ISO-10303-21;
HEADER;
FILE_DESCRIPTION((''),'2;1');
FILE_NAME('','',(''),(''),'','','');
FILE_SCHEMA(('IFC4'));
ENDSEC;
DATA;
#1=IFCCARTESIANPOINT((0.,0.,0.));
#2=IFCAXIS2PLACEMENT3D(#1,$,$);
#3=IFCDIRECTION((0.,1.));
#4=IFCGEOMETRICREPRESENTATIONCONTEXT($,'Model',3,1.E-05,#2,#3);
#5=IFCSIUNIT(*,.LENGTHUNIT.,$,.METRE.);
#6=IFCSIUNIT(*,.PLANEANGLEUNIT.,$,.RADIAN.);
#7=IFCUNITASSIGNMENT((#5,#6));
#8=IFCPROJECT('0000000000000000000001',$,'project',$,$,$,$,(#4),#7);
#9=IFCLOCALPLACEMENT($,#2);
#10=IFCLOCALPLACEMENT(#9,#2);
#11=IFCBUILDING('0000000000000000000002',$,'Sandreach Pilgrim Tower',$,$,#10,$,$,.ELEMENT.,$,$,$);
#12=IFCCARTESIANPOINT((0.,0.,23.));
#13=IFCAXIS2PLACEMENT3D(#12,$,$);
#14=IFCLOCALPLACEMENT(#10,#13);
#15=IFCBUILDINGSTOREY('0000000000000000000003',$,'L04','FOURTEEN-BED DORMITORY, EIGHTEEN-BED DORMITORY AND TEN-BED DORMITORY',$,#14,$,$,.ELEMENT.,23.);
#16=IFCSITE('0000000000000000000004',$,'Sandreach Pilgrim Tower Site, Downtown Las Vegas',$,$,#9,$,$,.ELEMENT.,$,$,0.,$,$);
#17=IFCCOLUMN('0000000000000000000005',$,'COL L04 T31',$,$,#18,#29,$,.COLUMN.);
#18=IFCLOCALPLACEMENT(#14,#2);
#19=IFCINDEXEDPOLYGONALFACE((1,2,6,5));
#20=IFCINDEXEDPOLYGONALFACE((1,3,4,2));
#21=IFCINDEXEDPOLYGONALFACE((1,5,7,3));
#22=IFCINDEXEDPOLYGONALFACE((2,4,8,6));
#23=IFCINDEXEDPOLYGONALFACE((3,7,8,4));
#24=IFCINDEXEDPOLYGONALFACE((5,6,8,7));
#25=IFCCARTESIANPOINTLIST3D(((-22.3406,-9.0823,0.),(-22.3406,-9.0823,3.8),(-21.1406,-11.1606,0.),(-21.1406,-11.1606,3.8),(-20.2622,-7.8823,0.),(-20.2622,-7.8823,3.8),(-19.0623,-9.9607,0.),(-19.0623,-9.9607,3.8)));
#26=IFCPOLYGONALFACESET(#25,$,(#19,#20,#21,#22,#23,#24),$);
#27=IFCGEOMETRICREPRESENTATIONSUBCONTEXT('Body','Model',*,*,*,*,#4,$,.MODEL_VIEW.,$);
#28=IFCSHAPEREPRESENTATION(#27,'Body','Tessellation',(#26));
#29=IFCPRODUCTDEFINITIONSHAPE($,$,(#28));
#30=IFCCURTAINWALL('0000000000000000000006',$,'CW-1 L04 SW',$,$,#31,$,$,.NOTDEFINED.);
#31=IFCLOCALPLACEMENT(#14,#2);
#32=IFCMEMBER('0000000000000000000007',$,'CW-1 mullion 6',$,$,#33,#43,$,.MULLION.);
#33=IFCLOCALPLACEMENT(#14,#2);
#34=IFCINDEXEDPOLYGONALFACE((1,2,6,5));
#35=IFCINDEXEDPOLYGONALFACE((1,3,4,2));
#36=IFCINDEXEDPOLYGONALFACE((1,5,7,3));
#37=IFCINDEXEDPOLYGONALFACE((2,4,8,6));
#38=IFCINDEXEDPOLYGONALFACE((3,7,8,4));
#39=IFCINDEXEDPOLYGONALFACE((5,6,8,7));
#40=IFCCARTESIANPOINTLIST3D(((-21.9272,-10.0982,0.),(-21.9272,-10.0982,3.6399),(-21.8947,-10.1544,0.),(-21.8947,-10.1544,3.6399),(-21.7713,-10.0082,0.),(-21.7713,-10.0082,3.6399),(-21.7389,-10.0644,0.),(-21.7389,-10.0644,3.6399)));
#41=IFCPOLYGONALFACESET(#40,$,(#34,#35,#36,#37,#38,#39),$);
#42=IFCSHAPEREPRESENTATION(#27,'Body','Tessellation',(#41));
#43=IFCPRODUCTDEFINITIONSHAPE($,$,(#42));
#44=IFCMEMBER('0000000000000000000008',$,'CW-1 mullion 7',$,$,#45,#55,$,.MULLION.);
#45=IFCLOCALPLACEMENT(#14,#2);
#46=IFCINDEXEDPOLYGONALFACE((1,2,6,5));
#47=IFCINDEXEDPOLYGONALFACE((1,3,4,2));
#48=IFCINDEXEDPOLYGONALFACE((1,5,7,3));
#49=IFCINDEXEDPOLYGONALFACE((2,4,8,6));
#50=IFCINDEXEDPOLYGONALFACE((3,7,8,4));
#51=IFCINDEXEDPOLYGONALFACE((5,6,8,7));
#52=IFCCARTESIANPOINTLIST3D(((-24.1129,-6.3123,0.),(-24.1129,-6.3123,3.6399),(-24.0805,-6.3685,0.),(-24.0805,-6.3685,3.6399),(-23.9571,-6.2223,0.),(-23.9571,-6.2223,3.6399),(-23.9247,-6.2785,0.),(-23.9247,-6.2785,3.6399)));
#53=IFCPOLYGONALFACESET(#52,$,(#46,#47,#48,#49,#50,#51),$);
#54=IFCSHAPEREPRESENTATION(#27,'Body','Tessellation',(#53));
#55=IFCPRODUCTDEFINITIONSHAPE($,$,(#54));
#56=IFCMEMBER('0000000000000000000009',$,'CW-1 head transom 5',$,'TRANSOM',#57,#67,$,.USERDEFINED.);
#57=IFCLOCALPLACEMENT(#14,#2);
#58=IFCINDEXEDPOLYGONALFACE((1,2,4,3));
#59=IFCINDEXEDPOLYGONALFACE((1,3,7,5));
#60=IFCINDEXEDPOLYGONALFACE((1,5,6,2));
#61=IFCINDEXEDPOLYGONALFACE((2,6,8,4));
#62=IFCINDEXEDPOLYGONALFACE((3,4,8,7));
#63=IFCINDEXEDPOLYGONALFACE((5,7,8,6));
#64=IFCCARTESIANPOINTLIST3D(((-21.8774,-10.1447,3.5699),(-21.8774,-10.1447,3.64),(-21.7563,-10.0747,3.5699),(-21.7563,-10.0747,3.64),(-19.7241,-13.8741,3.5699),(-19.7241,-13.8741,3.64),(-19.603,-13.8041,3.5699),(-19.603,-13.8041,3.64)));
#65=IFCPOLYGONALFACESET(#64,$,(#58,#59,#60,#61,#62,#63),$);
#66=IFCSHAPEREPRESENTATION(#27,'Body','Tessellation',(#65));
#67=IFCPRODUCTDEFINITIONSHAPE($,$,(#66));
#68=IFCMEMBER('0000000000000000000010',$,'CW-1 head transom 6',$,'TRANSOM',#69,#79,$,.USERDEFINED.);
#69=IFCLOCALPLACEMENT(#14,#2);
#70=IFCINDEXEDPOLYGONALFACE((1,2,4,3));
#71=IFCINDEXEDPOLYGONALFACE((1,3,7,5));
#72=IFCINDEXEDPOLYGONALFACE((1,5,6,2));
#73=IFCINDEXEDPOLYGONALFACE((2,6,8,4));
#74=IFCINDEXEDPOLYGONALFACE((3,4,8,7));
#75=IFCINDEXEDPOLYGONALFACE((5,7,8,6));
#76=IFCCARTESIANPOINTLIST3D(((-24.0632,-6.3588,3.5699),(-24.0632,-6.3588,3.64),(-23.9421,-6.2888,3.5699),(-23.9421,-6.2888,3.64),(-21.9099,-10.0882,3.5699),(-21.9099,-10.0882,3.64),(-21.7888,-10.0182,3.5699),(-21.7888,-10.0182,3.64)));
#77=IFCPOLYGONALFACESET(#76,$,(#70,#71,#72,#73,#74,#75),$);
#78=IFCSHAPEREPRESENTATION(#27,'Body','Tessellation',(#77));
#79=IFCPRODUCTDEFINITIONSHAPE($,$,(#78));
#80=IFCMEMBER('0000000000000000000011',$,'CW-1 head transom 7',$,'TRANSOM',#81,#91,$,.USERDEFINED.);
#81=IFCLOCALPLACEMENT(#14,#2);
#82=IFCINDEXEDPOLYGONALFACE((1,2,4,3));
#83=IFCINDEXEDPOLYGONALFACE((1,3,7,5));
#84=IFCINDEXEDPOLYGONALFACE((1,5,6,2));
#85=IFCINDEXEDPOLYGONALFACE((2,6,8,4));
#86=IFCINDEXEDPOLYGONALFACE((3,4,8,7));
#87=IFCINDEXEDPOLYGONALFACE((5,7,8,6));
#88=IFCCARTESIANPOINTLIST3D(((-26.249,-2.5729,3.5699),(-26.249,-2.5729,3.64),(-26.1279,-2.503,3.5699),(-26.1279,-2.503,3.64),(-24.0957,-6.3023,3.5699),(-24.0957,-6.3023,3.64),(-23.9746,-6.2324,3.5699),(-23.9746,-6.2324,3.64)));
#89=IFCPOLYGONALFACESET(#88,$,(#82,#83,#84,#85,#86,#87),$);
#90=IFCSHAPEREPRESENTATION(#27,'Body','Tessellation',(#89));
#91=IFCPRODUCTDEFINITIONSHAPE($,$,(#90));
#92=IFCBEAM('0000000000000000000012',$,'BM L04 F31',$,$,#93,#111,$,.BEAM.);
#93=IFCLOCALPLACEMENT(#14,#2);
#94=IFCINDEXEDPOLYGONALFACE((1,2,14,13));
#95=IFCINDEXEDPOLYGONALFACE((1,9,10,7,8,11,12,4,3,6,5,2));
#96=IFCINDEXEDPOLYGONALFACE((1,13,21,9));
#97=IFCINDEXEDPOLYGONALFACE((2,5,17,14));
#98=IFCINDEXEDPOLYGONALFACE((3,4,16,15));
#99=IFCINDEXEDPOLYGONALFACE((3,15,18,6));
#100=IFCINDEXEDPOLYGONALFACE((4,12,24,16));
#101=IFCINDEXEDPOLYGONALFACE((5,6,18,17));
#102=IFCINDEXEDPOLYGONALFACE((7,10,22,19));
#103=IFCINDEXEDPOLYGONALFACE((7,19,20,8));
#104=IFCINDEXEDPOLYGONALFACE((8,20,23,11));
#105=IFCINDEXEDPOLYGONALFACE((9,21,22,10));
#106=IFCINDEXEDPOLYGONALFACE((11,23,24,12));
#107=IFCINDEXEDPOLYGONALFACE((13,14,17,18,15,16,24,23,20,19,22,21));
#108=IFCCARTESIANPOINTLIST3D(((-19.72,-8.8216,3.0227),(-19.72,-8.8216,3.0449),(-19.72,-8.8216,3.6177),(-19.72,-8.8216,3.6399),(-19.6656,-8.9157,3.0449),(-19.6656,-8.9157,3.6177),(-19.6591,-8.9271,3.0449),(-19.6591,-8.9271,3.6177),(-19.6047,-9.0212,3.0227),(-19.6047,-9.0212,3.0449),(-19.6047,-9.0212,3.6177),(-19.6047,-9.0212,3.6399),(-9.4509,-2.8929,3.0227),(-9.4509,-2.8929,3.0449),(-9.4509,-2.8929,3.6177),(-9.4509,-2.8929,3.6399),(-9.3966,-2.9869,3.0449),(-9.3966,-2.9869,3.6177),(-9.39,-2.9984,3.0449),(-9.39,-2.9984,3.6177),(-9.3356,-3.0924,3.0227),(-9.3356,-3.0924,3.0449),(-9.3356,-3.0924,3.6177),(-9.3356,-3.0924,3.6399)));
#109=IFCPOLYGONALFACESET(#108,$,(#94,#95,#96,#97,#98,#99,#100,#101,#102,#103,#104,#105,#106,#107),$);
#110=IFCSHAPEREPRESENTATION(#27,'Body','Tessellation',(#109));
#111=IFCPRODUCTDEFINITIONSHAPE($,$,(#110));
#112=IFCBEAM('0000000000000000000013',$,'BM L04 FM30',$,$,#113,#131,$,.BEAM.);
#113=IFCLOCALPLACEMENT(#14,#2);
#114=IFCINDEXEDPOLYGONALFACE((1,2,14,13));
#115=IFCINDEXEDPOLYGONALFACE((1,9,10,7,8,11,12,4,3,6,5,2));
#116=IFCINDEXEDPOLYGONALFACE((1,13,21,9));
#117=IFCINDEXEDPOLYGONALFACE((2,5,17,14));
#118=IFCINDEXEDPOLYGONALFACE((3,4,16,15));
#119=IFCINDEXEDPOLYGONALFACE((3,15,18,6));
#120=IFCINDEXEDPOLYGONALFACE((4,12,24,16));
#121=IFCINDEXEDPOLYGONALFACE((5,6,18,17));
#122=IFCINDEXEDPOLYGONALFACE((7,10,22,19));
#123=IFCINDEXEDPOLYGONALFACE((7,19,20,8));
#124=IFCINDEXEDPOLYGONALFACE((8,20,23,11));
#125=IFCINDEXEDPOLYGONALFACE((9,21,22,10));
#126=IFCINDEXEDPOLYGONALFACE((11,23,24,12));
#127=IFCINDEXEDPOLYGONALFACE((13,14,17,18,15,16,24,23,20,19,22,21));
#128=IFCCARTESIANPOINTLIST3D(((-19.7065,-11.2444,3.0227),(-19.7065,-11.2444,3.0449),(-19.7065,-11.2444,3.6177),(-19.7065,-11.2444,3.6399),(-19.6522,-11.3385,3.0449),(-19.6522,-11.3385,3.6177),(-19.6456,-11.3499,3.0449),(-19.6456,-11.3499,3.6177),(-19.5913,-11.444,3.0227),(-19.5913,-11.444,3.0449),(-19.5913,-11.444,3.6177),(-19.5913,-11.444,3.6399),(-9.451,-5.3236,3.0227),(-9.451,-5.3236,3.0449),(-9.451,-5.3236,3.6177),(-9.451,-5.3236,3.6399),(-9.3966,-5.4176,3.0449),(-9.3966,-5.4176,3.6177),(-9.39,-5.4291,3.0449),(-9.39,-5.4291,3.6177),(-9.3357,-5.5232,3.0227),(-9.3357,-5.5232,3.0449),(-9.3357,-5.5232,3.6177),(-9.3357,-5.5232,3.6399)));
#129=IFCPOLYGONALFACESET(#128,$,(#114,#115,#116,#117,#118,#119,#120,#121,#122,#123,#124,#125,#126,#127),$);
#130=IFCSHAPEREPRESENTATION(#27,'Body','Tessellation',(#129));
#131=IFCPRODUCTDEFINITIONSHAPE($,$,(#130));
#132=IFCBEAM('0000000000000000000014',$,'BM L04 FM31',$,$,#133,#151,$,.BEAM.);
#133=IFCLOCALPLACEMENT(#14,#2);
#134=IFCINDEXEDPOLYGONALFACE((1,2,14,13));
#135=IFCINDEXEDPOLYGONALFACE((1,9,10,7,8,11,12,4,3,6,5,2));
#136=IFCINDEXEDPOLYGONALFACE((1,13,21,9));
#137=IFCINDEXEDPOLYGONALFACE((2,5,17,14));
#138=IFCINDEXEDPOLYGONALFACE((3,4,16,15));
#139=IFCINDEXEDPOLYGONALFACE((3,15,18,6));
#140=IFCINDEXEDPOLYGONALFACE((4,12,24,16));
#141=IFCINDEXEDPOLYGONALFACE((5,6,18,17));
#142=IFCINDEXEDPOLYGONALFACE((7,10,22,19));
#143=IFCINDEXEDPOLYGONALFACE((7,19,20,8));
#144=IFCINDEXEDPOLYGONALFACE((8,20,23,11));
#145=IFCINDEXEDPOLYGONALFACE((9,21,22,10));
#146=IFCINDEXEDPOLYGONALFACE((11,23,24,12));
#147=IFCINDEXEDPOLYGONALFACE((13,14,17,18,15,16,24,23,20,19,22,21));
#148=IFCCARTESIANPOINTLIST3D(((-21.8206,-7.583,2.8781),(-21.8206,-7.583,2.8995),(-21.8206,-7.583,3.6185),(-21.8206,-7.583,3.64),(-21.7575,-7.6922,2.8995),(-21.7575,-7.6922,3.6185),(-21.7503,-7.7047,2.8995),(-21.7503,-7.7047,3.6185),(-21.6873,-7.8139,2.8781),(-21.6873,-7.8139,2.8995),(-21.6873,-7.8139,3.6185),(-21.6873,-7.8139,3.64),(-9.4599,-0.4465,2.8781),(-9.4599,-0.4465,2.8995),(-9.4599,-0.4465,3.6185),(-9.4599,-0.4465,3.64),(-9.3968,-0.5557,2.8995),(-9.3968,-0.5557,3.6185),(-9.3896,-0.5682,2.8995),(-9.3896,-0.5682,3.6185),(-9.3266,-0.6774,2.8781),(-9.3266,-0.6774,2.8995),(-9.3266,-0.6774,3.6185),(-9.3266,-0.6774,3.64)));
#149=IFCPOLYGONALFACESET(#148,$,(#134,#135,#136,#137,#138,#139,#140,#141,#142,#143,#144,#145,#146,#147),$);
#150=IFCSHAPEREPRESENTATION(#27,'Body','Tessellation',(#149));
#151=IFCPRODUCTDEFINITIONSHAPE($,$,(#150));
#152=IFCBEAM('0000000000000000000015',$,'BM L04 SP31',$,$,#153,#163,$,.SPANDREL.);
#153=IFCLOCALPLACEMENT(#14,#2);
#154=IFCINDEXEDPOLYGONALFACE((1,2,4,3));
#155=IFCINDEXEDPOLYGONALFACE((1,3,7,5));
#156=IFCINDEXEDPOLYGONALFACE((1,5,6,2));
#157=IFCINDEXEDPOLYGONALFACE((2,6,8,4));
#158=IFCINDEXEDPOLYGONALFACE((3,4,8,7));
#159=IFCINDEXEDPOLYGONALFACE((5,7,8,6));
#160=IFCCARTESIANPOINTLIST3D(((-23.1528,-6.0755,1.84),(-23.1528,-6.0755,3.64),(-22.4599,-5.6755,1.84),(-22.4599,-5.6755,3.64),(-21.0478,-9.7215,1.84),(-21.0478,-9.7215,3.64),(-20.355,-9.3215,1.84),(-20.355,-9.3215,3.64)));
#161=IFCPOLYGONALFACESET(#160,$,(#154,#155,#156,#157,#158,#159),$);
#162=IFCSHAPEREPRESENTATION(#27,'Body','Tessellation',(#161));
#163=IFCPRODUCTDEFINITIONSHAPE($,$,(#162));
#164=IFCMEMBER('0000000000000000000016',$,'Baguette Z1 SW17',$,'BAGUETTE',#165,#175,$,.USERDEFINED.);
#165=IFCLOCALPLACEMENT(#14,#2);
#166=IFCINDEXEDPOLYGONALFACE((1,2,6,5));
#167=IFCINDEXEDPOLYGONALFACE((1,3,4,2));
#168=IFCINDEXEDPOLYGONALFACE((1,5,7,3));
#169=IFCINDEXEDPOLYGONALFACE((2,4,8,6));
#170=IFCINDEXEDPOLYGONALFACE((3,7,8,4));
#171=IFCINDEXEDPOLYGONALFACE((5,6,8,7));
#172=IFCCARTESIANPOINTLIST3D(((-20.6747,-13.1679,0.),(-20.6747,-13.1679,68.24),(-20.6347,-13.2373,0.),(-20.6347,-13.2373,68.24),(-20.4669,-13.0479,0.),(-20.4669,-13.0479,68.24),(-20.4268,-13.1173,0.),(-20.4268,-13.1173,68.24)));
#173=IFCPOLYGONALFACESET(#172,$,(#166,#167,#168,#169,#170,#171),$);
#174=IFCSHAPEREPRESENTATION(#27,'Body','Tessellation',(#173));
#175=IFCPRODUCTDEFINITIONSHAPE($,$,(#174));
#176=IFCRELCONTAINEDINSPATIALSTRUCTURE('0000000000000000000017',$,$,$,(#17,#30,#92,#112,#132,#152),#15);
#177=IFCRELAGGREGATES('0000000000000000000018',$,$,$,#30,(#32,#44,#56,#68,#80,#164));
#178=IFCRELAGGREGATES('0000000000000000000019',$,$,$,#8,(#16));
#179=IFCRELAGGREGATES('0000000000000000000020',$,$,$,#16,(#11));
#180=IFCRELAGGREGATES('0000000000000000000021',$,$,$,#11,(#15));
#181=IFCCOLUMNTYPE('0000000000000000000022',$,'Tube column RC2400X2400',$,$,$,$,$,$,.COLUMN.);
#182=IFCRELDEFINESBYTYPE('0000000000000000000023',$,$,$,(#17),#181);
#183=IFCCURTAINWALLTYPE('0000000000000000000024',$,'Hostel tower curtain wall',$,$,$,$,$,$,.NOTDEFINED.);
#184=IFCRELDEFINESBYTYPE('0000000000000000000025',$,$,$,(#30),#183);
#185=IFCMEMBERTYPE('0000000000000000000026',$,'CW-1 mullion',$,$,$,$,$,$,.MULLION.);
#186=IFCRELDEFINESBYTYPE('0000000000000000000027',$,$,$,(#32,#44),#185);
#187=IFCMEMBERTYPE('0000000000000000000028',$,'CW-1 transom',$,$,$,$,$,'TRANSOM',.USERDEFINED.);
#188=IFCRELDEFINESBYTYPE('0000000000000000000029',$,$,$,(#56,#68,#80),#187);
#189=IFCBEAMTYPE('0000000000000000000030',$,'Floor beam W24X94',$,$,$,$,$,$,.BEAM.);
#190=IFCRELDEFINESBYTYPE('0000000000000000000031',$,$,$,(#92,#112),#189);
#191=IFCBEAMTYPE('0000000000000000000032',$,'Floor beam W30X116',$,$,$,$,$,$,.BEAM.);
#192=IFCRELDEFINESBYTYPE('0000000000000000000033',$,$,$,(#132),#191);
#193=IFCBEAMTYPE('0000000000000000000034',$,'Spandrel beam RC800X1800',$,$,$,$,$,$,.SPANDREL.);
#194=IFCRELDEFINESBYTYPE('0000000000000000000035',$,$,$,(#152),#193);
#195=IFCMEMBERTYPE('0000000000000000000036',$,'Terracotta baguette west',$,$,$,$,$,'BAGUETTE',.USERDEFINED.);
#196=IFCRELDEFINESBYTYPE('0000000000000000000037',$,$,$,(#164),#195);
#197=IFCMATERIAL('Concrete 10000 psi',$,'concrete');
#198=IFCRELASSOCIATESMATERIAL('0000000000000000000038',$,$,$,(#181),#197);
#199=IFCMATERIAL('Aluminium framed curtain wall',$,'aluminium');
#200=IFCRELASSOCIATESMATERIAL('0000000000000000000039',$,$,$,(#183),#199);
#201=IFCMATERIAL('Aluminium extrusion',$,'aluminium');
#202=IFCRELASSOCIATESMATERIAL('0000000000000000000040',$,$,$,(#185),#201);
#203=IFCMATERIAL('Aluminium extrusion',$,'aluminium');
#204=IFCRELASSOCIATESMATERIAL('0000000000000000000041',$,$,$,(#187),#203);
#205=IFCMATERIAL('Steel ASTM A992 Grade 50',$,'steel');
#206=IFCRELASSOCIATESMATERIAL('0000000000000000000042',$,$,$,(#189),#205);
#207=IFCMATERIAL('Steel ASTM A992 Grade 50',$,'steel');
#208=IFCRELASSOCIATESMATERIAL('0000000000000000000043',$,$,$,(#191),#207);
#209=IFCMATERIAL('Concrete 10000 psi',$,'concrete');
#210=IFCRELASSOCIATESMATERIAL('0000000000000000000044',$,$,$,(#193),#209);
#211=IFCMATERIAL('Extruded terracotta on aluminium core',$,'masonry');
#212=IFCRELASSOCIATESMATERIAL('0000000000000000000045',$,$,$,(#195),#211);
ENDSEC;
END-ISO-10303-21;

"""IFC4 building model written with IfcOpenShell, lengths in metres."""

from ifc_helpers import new_model, si_unit, direction, frame, origin, origin_2d, place, context, subcontext, project, spatial, rectangle, i_section, extrude, material, material_profile, profile_set, type_object, element, aggregate, save


model = new_model("IFC4")

# Units and contexts
model_context = context("Model", 3, precision=1e-05, world=origin(), true_north=direction((0.0, 1.0)))
body_context = subcontext(model_context, "Body", "Model", "MODEL_VIEW")
ifc_project = project(units=[si_unit("LENGTHUNIT", "METRE"), si_unit("PLANEANGLEUNIT", "RADIAN")], contexts=[model_context])

# Site, building, storey
site_placement = place(None, origin())
site = spatial("IfcSite", under=ifc_project, at=site_placement, Name="Sandreach Pilgrim Tower Site, Downtown Las Vegas", CompositionType="ELEMENT", RefElevation=0.0)
building_placement = place(site_placement, origin())
building = spatial("IfcBuilding", under=site, at=building_placement, Name="Sandreach Pilgrim Tower", CompositionType="ELEMENT")
storey_placement = place(building_placement, frame((0.0, 0.0, 23.0)))
storey = spatial("IfcBuildingStorey", under=building, at=storey_placement, Name="L04", Description="FOURTEEN-BED DORMITORY, EIGHTEEN-BED DORMITORY AND TEN-BED DORMITORY", CompositionType="ELEMENT", Elevation=23.0)

# Column
ifc_material_1 = material(Name="Concrete 10000 psi", Category="concrete")
ifc_material_profile_1 = material_profile(ifc_material_1, rectangle(XDim=2.3999, YDim=2.3999, at=origin_2d()), Name="RC2400X2400")
ifc_profile_set_1 = profile_set([ifc_material_profile_1], Name="Concrete 10000 psi")
column_type = type_object("IfcColumnType", Name="Tube column RC2400X2400", PredefinedType="COLUMN", material=ifc_profile_set_1)
column_placement = place(storey_placement, frame((-20.7014, -9.5215, 0.0), z_axis=(0.0, 0.0, 1.0), x_axis=(-0.866025, -0.5, 0.0)))
element("IfcColumn", 1, at=column_placement, inside=storey, type_object=column_type, Name="COL L04 T31", PredefinedType="COLUMN", context=body_context, shape_type="SweptSolid", body=[
    extrude(rectangle(XDim=2.3999, YDim=2.3999, at=origin_2d()), origin(), (0.0, 0.0, 1.0), 3.8),
])

# Curtain wall, members
ifc_material_2 = material(Name="Aluminium framed curtain wall", Category="aluminium")
curtain_wall_type = type_object("IfcCurtainWallType", Name="Hostel tower curtain wall", PredefinedType="NOTDEFINED", material=ifc_material_2)
curtain_wall_placement = place(storey_placement, origin())
curtain_wall = element("IfcCurtainWall", 2, at=curtain_wall_placement, inside=storey, type_object=curtain_wall_type, Name="CW-1 L04 SW", PredefinedType="NOTDEFINED")
ifc_material_3 = material(Name="Aluminium extrusion", Category="aluminium")
ifc_material_profile_2 = material_profile(ifc_material_3, rectangle(XDim=0.0649, YDim=0.1799, at=origin_2d()), Name="CW-1M 65X180")
ifc_profile_set_2 = profile_set([ifc_material_profile_2], Name="Aluminium extrusion")
member_type_1 = type_object("IfcMemberType", Name="CW-1 mullion", PredefinedType="MULLION", material=ifc_profile_set_2)
member_1_placement = place(storey_placement, frame((-21.833, -10.0813, 0.0), z_axis=(0.0, 0.0, 1.0), x_axis=(-0.5, 0.866025, 0.0)))
member_1 = element("IfcMember", 3, at=member_1_placement, type_object=member_type_1, Name="CW-1 mullion 6", PredefinedType="MULLION", context=body_context, shape_type="SweptSolid", body=[
    extrude(rectangle(XDim=0.0649, YDim=0.1799, at=origin_2d()), origin(), (0.0, 0.0, 1.0), 3.6399),
])
member_2_placement = place(storey_placement, frame((-24.0188, -6.2954, 0.0), z_axis=(0.0, 0.0, 1.0), x_axis=(-0.5, 0.866025, 0.0)))
member_2 = element("IfcMember", 4, at=member_2_placement, type_object=member_type_1, Name="CW-1 mullion 7", PredefinedType="MULLION", context=body_context, shape_type="SweptSolid", body=[
    extrude(rectangle(XDim=0.0649, YDim=0.1799, at=origin_2d()), origin(), (0.0, 0.0, 1.0), 3.6399),
])
ifc_material_4 = material(Name="Aluminium extrusion", Category="aluminium")
ifc_material_profile_3 = material_profile(ifc_material_4, rectangle(XDim=0.1399, YDim=0.0701, at=origin_2d()), Name="CW-1T 140X70")
ifc_profile_set_3 = profile_set([ifc_material_profile_3], Name="Aluminium extrusion")
member_type_2 = type_object("IfcMemberType", Name="CW-1 transom", ElementType="TRANSOM", PredefinedType="USERDEFINED", material=ifc_profile_set_3)
member_3_placement = place(storey_placement, frame((-19.6636, -13.8391, 3.605), z_axis=(-0.500017, 0.866016, 0.0), x_axis=(-0.866016, -0.500017, 0.0)))
member_3 = element("IfcMember", 5, at=member_3_placement, type_object=member_type_2, Name="CW-1 head transom 5", ObjectType="TRANSOM", PredefinedType="USERDEFINED", context=body_context, shape_type="SweptSolid", body=[
    extrude(rectangle(XDim=0.1399, YDim=0.0701, at=origin_2d()), origin(), (0.0, 0.0, 1.0), 4.3064),
])
member_4_placement = place(storey_placement, frame((-21.8494, -10.0532, 3.605), z_axis=(-0.500017, 0.866016, 0.0), x_axis=(-0.866016, -0.500017, 0.0)))
member_4 = element("IfcMember", 6, at=member_4_placement, type_object=member_type_2, Name="CW-1 head transom 6", ObjectType="TRANSOM", PredefinedType="USERDEFINED", context=body_context, shape_type="SweptSolid", body=[
    extrude(rectangle(XDim=0.1399, YDim=0.0701, at=origin_2d()), origin(), (0.0, 0.0, 1.0), 4.3064),
])
member_5_placement = place(storey_placement, frame((-24.0352, -6.2673, 3.605), z_axis=(-0.500017, 0.866016, 0.0), x_axis=(-0.866016, -0.500017, 0.0)))
member_5 = element("IfcMember", 7, at=member_5_placement, type_object=member_type_2, Name="CW-1 head transom 7", ObjectType="TRANSOM", PredefinedType="USERDEFINED", context=body_context, shape_type="SweptSolid", body=[
    extrude(rectangle(XDim=0.1399, YDim=0.0701, at=origin_2d()), origin(), (0.0, 0.0, 1.0), 4.3064),
])

# Beams
ifc_material_5 = material(Name="Steel ASTM A992 Grade 50", Category="steel")
ifc_material_profile_4 = material_profile(ifc_material_5, i_section(OverallWidth=0.2305, OverallDepth=0.6172, WebThickness=0.0132, FlangeThickness=0.0222, at=origin_2d()), Name="W24X94")
ifc_profile_set_4 = profile_set([ifc_material_profile_4], Name="Steel ASTM A992 Grade 50")
beam_type_1 = type_object("IfcBeamType", Name="Floor beam W24X94", PredefinedType="BEAM", material=ifc_profile_set_4)
beam_1_placement = place(storey_placement, frame((-19.6624, -8.9214, 3.3313), z_axis=(0.86603, 0.499992, 0.0), x_axis=(-0.499992, 0.86603, 0.0)))
element("IfcBeam", 8, at=beam_1_placement, inside=storey, type_object=beam_type_1, Name="BM L04 F31", PredefinedType="BEAM", context=body_context, shape_type="SweptSolid", body=[
    extrude(i_section(OverallWidth=0.2305, OverallDepth=0.6172, WebThickness=0.0132, FlangeThickness=0.0222, at=origin_2d()), origin(), (0.0, 0.0, 1.0), 11.8577),
])
beam_2_placement = place(storey_placement, frame((-19.6489, -11.3442, 3.3313), z_axis=(0.866032, 0.499988, 0.0), x_axis=(-0.499988, 0.866032, 0.0)))
element("IfcBeam", 9, at=beam_2_placement, inside=storey, type_object=beam_type_1, Name="BM L04 FM30", PredefinedType="BEAM", context=body_context, shape_type="SweptSolid", body=[
    extrude(i_section(OverallWidth=0.2305, OverallDepth=0.6172, WebThickness=0.0132, FlangeThickness=0.0222, at=origin_2d()), origin(), (0.0, 0.0, 1.0), 11.842),
])
ifc_material_6 = material(Name="Steel ASTM A992 Grade 50", Category="steel")
ifc_material_profile_5 = material_profile(ifc_material_6, i_section(OverallWidth=0.2666, OverallDepth=0.762, WebThickness=0.0144, FlangeThickness=0.0215, at=origin_2d()), Name="W30X116")
ifc_profile_set_5 = profile_set([ifc_material_profile_5], Name="Steel ASTM A992 Grade 50")
beam_type_2 = type_object("IfcBeamType", Name="Floor beam W30X116", PredefinedType="BEAM", material=ifc_profile_set_5)
beam_3_placement = place(storey_placement, frame((-21.7539, -7.6985, 3.259), z_axis=(0.866023, 0.500004, 0.0), x_axis=(-0.500004, 0.866023, 0.0)))
element("IfcBeam", 10, at=beam_3_placement, inside=storey, type_object=beam_type_2, Name="BM L04 FM31", PredefinedType="BEAM", context=body_context, shape_type="SweptSolid", body=[
    extrude(i_section(OverallWidth=0.2666, OverallDepth=0.762, WebThickness=0.0144, FlangeThickness=0.0215, at=origin_2d()), origin(), (0.0, 0.0, 1.0), 14.2729),
])
ifc_material_7 = material(Name="Concrete 10000 psi", Category="concrete")
ifc_material_profile_6 = material_profile(ifc_material_7, rectangle(XDim=0.8, YDim=1.8, at=origin_2d()), Name="RC800X1800")
ifc_profile_set_6 = profile_set([ifc_material_profile_6], Name="Concrete 10000 psi")
beam_type_3 = type_object("IfcBeamType", Name="Spandrel beam RC800X1800", PredefinedType="SPANDREL", material=ifc_profile_set_6)
beam_4_placement = place(storey_placement, frame((-20.7014, -9.5215, 2.74), z_axis=(-0.499994, 0.866029, 0.0), x_axis=(-0.866029, -0.499994, 0.0)))
element("IfcBeam", 11, at=beam_4_placement, inside=storey, type_object=beam_type_3, Name="BM L04 SP31", PredefinedType="SPANDREL", context=body_context, shape_type="SweptSolid", body=[
    extrude(rectangle(XDim=0.8, YDim=1.8, at=origin_2d()), origin(), (0.0, 0.0, 1.0), 4.21),
])

# Member
ifc_material_8 = material(Name="Extruded terracotta on aluminium core", Category="masonry")
ifc_material_profile_7 = material_profile(ifc_material_8, rectangle(XDim=0.0801, YDim=0.24, at=origin_2d()), Name="TBW 80X240")
ifc_profile_set_7 = profile_set([ifc_material_profile_7], Name="Extruded terracotta on aluminium core")
member_type_3 = type_object("IfcMemberType", Name="Terracotta baguette west", ElementType="BAGUETTE", PredefinedType="USERDEFINED", material=ifc_profile_set_7)
member_6_placement = place(storey_placement, frame((-20.5508, -13.1426, 0.0), z_axis=(0.0, 0.0, 1.0), x_axis=(-0.5, 0.866025, 0.0)))
member_6 = element("IfcMember", 12, at=member_6_placement, type_object=member_type_3, Name="Baguette Z1 SW17", ObjectType="BAGUETTE", PredefinedType="USERDEFINED", context=body_context, shape_type="SweptSolid", body=[
    extrude(rectangle(XDim=0.0801, YDim=0.24, at=origin_2d()), origin(), (0.0, 0.0, 1.0), 68.24),
])

aggregate(curtain_wall, [member_1, member_2, member_3, member_4, member_5, member_6])

save(model, "model.ifc")
